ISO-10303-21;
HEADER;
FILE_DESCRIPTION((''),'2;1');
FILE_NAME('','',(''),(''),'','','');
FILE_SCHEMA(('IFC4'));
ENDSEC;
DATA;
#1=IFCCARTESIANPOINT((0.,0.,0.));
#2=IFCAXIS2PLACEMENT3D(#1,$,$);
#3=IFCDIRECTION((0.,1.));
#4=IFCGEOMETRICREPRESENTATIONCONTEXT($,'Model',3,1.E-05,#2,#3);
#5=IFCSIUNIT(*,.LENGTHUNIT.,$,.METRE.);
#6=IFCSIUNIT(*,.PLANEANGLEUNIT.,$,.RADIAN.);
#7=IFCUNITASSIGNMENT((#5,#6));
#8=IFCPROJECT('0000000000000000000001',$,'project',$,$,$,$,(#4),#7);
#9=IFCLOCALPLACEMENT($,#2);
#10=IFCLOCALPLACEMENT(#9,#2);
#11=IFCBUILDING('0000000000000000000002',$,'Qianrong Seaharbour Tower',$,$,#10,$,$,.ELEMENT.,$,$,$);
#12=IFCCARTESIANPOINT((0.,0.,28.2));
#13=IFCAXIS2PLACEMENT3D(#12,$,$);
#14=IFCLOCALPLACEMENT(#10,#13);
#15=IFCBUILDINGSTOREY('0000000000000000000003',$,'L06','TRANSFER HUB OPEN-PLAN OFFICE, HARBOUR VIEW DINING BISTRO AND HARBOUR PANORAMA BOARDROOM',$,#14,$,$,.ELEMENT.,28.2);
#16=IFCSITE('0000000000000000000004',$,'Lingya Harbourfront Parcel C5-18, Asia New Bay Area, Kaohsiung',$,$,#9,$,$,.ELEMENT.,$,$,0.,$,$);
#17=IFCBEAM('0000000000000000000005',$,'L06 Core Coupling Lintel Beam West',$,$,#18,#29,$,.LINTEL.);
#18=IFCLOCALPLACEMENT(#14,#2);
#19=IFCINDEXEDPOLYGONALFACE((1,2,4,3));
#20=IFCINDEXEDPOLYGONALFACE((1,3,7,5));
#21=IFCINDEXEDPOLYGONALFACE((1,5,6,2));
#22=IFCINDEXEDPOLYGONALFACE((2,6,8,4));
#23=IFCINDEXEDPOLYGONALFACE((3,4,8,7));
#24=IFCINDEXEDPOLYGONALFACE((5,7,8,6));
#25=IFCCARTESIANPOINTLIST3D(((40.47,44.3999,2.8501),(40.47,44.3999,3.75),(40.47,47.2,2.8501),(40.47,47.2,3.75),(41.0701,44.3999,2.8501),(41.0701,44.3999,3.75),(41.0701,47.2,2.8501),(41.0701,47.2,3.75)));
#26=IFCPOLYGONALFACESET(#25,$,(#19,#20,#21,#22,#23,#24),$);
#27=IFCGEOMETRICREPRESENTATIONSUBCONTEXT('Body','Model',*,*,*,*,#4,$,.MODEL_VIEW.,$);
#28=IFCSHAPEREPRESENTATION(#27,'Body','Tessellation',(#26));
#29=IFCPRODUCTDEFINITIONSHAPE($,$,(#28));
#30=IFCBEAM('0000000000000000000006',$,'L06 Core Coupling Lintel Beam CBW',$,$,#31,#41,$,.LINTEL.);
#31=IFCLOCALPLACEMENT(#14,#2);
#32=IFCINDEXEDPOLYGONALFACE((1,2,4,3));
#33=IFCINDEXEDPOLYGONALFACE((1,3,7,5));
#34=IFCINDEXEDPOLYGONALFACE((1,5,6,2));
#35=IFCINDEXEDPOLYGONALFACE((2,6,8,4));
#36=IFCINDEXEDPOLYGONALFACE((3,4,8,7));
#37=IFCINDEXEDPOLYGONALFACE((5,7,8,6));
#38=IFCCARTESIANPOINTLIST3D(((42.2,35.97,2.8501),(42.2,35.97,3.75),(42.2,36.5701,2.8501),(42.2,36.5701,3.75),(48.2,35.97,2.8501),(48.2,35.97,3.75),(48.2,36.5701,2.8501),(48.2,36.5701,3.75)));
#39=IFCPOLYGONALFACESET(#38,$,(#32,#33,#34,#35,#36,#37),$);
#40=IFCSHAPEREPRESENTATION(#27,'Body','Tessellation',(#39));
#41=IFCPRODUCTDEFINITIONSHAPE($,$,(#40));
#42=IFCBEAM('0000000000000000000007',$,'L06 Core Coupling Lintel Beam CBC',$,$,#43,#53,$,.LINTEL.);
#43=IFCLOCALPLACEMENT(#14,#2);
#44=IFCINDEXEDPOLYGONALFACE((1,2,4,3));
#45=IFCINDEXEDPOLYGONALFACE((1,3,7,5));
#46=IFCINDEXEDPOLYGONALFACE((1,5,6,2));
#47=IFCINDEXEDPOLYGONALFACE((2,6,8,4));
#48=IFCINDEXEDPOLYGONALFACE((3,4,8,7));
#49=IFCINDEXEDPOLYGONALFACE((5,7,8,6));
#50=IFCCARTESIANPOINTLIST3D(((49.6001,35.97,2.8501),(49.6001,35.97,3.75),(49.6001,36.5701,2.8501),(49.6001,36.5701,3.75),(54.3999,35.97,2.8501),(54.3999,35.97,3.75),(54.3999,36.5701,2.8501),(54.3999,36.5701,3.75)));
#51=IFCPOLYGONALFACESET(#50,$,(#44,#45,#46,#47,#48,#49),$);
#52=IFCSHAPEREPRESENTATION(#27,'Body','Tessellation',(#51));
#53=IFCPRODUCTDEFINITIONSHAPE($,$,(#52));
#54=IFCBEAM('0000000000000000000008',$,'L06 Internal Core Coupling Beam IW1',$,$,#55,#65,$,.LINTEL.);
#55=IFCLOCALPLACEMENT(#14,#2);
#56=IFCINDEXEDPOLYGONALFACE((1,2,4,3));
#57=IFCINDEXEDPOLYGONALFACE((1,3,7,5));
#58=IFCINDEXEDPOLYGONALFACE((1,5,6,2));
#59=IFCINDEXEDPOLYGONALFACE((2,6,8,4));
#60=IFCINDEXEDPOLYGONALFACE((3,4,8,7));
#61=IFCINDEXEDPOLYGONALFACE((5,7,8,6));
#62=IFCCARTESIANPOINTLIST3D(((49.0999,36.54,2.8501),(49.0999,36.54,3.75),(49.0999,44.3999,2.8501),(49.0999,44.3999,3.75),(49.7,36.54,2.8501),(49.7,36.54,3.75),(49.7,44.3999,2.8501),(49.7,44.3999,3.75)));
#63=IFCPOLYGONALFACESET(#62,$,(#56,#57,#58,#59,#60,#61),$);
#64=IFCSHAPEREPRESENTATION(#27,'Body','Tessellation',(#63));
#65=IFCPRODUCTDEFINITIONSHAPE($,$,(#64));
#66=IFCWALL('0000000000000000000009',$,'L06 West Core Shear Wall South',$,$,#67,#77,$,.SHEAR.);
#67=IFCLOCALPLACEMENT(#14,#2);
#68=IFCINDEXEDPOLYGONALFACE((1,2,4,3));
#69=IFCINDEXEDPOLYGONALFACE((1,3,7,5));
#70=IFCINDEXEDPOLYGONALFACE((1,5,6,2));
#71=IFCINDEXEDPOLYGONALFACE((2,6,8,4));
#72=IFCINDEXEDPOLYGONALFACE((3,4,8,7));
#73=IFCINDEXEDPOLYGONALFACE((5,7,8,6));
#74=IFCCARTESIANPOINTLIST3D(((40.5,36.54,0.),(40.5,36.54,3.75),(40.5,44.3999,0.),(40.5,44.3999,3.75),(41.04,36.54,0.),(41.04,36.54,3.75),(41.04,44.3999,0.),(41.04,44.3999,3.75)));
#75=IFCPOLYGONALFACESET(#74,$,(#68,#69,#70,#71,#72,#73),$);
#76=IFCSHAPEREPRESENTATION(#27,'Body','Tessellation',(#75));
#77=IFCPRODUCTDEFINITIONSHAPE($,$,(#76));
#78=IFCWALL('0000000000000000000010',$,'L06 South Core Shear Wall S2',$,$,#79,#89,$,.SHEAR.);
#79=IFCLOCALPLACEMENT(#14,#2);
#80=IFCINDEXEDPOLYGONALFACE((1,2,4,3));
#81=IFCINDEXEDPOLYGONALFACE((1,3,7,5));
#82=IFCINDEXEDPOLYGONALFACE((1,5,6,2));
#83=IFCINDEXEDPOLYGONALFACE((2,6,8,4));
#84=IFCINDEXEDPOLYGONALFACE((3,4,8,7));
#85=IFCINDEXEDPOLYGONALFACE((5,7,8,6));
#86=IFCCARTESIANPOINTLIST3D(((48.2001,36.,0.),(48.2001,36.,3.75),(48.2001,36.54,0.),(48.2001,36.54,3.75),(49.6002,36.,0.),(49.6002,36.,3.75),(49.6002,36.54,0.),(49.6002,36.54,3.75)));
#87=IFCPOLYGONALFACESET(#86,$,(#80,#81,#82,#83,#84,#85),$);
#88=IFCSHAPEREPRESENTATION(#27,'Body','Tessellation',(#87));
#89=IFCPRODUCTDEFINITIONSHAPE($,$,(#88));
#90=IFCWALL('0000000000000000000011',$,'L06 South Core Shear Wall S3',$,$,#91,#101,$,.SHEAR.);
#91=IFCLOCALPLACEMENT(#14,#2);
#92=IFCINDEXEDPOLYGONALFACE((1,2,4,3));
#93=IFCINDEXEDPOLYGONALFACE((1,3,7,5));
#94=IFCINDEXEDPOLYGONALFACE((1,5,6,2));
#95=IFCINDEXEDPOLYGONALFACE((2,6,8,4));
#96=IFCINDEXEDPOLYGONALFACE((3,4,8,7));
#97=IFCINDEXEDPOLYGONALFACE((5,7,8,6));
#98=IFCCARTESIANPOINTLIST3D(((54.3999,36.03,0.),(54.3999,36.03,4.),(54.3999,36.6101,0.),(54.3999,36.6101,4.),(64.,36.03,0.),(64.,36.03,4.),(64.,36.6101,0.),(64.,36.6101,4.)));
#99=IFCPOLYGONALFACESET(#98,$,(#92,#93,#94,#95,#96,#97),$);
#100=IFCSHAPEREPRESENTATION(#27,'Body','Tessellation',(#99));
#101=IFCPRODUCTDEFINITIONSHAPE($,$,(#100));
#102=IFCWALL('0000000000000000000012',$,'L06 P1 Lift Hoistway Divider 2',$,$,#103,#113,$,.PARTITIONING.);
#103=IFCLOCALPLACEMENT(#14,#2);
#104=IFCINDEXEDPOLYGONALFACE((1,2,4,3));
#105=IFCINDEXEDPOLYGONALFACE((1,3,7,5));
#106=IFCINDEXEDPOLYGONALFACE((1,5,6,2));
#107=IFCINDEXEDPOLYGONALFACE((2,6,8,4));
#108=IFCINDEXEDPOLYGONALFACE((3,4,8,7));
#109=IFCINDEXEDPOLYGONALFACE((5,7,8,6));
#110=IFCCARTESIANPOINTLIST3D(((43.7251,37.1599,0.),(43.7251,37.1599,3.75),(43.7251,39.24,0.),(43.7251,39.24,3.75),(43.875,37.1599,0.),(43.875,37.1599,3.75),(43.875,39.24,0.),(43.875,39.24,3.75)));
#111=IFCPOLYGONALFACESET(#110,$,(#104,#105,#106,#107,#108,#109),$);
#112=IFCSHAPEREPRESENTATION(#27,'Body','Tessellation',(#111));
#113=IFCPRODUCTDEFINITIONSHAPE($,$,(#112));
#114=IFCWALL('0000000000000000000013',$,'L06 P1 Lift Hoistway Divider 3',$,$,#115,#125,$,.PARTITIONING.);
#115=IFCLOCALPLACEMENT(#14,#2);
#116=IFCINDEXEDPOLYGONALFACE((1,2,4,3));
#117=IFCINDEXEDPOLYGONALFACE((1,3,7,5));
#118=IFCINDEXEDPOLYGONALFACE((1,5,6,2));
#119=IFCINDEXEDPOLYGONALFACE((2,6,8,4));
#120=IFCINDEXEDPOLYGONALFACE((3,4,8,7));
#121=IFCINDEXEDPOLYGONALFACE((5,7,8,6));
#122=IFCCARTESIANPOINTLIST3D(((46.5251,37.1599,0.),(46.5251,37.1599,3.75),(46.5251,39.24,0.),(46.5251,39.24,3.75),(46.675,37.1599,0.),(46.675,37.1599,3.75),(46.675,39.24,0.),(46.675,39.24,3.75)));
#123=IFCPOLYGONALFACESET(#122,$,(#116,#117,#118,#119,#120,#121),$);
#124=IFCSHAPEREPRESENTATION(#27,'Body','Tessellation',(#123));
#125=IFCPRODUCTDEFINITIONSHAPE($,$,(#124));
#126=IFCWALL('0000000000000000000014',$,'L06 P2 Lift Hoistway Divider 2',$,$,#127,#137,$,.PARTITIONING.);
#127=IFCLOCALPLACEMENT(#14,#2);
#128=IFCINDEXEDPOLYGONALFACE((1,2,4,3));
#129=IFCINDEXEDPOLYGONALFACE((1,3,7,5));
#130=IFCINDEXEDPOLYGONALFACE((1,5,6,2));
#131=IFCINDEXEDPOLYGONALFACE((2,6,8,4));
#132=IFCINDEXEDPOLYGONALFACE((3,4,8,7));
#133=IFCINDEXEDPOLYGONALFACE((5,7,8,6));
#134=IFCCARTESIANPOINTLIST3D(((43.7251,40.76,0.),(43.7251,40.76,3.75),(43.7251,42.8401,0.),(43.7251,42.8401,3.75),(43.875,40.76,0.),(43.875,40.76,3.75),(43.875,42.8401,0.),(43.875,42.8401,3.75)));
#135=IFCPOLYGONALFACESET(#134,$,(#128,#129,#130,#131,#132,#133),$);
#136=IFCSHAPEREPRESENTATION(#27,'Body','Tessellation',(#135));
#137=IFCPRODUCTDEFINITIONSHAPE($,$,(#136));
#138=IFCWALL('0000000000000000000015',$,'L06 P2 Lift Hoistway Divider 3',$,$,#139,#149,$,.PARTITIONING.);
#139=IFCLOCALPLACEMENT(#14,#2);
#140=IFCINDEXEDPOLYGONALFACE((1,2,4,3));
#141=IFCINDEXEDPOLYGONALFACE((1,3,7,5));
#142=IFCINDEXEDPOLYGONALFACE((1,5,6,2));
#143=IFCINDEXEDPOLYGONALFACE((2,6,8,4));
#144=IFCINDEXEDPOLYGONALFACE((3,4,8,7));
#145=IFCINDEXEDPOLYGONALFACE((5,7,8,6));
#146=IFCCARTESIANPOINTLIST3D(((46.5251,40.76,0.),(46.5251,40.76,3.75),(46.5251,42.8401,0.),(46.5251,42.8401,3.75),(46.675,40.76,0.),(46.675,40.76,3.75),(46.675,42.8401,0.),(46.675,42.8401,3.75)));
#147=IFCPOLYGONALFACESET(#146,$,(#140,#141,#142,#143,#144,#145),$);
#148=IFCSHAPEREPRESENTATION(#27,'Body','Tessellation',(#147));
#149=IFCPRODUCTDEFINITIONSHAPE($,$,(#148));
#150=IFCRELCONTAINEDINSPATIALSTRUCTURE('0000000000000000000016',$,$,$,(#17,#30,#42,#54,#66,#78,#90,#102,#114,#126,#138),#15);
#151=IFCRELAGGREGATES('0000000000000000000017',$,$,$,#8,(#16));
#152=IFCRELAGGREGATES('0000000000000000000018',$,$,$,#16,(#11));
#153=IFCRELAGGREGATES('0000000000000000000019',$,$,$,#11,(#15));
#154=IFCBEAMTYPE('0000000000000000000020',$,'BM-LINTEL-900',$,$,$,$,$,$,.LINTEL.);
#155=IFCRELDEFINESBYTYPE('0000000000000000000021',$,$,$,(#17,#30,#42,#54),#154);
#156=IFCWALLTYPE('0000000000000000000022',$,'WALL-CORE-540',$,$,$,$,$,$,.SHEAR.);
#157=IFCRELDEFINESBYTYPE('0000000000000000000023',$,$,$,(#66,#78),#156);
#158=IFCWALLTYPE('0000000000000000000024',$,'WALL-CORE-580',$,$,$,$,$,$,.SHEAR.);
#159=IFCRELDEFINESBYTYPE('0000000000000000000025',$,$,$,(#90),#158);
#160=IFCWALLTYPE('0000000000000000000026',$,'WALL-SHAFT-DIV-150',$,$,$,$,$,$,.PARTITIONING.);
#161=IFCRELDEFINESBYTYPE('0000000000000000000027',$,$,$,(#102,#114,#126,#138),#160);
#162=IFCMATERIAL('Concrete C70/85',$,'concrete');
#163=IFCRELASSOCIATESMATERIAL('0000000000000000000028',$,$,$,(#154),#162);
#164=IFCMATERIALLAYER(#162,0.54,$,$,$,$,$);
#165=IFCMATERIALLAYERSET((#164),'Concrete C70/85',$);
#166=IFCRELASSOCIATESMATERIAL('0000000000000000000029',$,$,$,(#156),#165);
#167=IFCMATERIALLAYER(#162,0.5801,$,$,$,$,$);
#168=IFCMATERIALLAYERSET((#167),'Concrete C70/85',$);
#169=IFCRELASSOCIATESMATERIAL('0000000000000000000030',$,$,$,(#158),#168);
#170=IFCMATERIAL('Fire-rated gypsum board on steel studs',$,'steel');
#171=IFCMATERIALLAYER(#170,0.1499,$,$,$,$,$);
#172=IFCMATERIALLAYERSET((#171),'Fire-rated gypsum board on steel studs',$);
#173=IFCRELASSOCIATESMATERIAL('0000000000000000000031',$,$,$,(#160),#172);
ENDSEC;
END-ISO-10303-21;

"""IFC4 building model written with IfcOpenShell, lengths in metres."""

from ifc_helpers import new_model, si_unit, direction, frame, frame_2d, origin, origin_2d, place, context, subcontext, project, spatial, rectangle, extrude, material, layer, layer_set, material_profile, profile_set, type_object, element, save


model = new_model("IFC4")

# Units and contexts
model_context = context("Model", 3, precision=1e-05, world=origin(), true_north=direction((0.0, 1.0)))
body_context = subcontext(model_context, "Body", "Model", "MODEL_VIEW")
ifc_project = project(units=[si_unit("LENGTHUNIT", "METRE"), si_unit("PLANEANGLEUNIT", "RADIAN")], contexts=[model_context])

# Site, building, storey
site_placement = place(None, origin())
site = spatial("IfcSite", under=ifc_project, at=site_placement, Name="Lingya Harbourfront Parcel C5-18, Asia New Bay Area, Kaohsiung", CompositionType="ELEMENT", RefElevation=0.0)
building_placement = place(site_placement, origin())
building = spatial("IfcBuilding", under=site, at=building_placement, Name="Qianrong Seaharbour Tower", CompositionType="ELEMENT")
storey_placement = place(building_placement, frame((0.0, 0.0, 28.2)))
storey = spatial("IfcBuildingStorey", under=building, at=storey_placement, Name="L06", Description="TRANSFER HUB OPEN-PLAN OFFICE, HARBOUR VIEW DINING BISTRO AND HARBOUR PANORAMA BOARDROOM", CompositionType="ELEMENT", Elevation=28.2)

# Beams
ifc_material_1 = material(Name="Concrete C70/85", Category="concrete")
ifc_material_profile = material_profile(ifc_material_1, rectangle(XDim=0.6001, YDim=0.8999, at=origin_2d()), Name="RC600x900")
ifc_profile_set = profile_set([ifc_material_profile], Name="Concrete C70/85")
beam_type = type_object("IfcBeamType", Name="BM-LINTEL-900", PredefinedType="LINTEL", material=ifc_profile_set)
beam_1_placement = place(storey_placement, frame((40.77, 44.3999, 3.3), z_axis=(0.0, 1.0, 0.0), x_axis=(-1.0, 0.0, 0.0)))
element("IfcBeam", 1, at=beam_1_placement, inside=storey, type_object=beam_type, Name="L06 Core Coupling Lintel Beam West", PredefinedType="LINTEL", context=body_context, shape_type="SweptSolid", body=[
    extrude(rectangle(XDim=0.6001, YDim=0.8999, at=origin_2d()), origin(), (0.0, 0.0, 1.0), 2.8),
])
beam_2_placement = place(storey_placement, frame((42.2, 36.27, 3.3), z_axis=(1.0, 0.0, 0.0), x_axis=(0.0, 1.0, 0.0)))
element("IfcBeam", 2, at=beam_2_placement, inside=storey, type_object=beam_type, Name="L06 Core Coupling Lintel Beam CBW", PredefinedType="LINTEL", context=body_context, shape_type="SweptSolid", body=[
    extrude(rectangle(XDim=0.6001, YDim=0.8999, at=origin_2d()), origin(), (0.0, 0.0, 1.0), 6.0),
])
beam_3_placement = place(storey_placement, frame((49.6001, 36.27, 3.3), z_axis=(1.0, 0.0, 0.0), x_axis=(0.0, 1.0, 0.0)))
element("IfcBeam", 3, at=beam_3_placement, inside=storey, type_object=beam_type, Name="L06 Core Coupling Lintel Beam CBC", PredefinedType="LINTEL", context=body_context, shape_type="SweptSolid", body=[
    extrude(rectangle(XDim=0.6001, YDim=0.8999, at=origin_2d()), origin(), (0.0, 0.0, 1.0), 4.7998),
])
beam_4_placement = place(storey_placement, frame((49.3999, 36.54, 3.3), z_axis=(0.0, 1.0, 0.0), x_axis=(-1.0, 0.0, 0.0)))
element("IfcBeam", 4, at=beam_4_placement, inside=storey, type_object=beam_type, Name="L06 Internal Core Coupling Beam IW1", PredefinedType="LINTEL", context=body_context, shape_type="SweptSolid", body=[
    extrude(rectangle(XDim=0.6001, YDim=0.8999, at=origin_2d()), origin(), (0.0, 0.0, 1.0), 7.8599),
])

# Walls
ifc_layer_1 = layer(ifc_material_1, 0.54)
ifc_layer_set_1 = layer_set([ifc_layer_1], Name="Concrete C70/85")
wall_type_1 = type_object("IfcWallType", Name="WALL-CORE-540", PredefinedType="SHEAR", material=ifc_layer_set_1)
wall_1_placement = place(storey_placement, frame((40.77, 36.54, 0.0), z_axis=(0.0, 0.0, 1.0), x_axis=(0.0, 1.0, 0.0)))
element("IfcWall", 5, at=wall_1_placement, inside=storey, type_object=wall_type_1, Name="L06 West Core Shear Wall South", PredefinedType="SHEAR", context=body_context, shape_type="SweptSolid", body=[
    extrude(rectangle(XDim=7.8599, YDim=0.54, at=frame_2d((3.9299, 0.0))), origin(), (0.0, 0.0, 1.0), 3.75),
])
wall_2_placement = place(storey_placement, frame((48.2, 36.27, 0.0), z_axis=(0.0, 0.0, 1.0), x_axis=(1.0, 0.0, 0.0)))
element("IfcWall", 6, at=wall_2_placement, inside=storey, type_object=wall_type_1, Name="L06 South Core Shear Wall S2", PredefinedType="SHEAR", context=body_context, shape_type="SweptSolid", body=[
    extrude(rectangle(XDim=1.4001, YDim=0.54, at=frame_2d((0.7002, 0.0))), origin(), (0.0, 0.0, 1.0), 3.75),
])
ifc_layer_2 = layer(ifc_material_1, 0.5801)
ifc_layer_set_2 = layer_set([ifc_layer_2], Name="Concrete C70/85")
wall_type_2 = type_object("IfcWallType", Name="WALL-CORE-580", PredefinedType="SHEAR", material=ifc_layer_set_2)
wall_3_placement = place(storey_placement, frame((54.3999, 36.3201, 0.0), z_axis=(0.0, 0.0, 1.0), x_axis=(1.0, 0.0, 0.0)))
element("IfcWall", 7, at=wall_3_placement, inside=storey, type_object=wall_type_2, Name="L06 South Core Shear Wall S3", PredefinedType="SHEAR", context=body_context, shape_type="SweptSolid", body=[
    extrude(rectangle(XDim=9.6001, YDim=0.5801, at=frame_2d((4.8, 0.0))), origin(), (0.0, 0.0, 1.0), 4.0),
])
ifc_material_2 = material(Name="Fire-rated gypsum board on steel studs", Category="steel")
ifc_layer_3 = layer(ifc_material_2, 0.1499)
ifc_layer_set_3 = layer_set([ifc_layer_3], Name="Fire-rated gypsum board on steel studs")
wall_type_3 = type_object("IfcWallType", Name="WALL-SHAFT-DIV-150", PredefinedType="PARTITIONING", material=ifc_layer_set_3)
for number, where, z_axis, x_axis, name in (
    (8, (43.8, 37.1599, 0.0), (0.0, 0.0, 1.0), (0.0, 1.0, 0.0), "L06 P1 Lift Hoistway Divider 2"),
    (9, (46.6001, 37.1599, 0.0), (0.0, 0.0, 1.0), (0.0, 1.0, 0.0), "L06 P1 Lift Hoistway Divider 3"),
    (10, (43.8, 40.76, 0.0), (0.0, 0.0, 1.0), (0.0, 1.0, 0.0), "L06 P2 Lift Hoistway Divider 2"),
    (11, (46.6001, 40.76, 0.0), (0.0, 0.0, 1.0), (0.0, 1.0, 0.0), "L06 P2 Lift Hoistway Divider 3"),
):
    element("IfcWall", number, at=place(storey_placement, frame(where, z_axis=z_axis, x_axis=x_axis)), inside=storey, type_object=wall_type_3, Name=name, PredefinedType="PARTITIONING", context=body_context, shape_type="SweptSolid", body=[
        extrude(rectangle(XDim=2.0801, YDim=0.1499, at=frame_2d((1.04, 0.0))), origin(), (0.0, 0.0, 1.0), 3.75),
    ])

save(model, "model.ifc")
